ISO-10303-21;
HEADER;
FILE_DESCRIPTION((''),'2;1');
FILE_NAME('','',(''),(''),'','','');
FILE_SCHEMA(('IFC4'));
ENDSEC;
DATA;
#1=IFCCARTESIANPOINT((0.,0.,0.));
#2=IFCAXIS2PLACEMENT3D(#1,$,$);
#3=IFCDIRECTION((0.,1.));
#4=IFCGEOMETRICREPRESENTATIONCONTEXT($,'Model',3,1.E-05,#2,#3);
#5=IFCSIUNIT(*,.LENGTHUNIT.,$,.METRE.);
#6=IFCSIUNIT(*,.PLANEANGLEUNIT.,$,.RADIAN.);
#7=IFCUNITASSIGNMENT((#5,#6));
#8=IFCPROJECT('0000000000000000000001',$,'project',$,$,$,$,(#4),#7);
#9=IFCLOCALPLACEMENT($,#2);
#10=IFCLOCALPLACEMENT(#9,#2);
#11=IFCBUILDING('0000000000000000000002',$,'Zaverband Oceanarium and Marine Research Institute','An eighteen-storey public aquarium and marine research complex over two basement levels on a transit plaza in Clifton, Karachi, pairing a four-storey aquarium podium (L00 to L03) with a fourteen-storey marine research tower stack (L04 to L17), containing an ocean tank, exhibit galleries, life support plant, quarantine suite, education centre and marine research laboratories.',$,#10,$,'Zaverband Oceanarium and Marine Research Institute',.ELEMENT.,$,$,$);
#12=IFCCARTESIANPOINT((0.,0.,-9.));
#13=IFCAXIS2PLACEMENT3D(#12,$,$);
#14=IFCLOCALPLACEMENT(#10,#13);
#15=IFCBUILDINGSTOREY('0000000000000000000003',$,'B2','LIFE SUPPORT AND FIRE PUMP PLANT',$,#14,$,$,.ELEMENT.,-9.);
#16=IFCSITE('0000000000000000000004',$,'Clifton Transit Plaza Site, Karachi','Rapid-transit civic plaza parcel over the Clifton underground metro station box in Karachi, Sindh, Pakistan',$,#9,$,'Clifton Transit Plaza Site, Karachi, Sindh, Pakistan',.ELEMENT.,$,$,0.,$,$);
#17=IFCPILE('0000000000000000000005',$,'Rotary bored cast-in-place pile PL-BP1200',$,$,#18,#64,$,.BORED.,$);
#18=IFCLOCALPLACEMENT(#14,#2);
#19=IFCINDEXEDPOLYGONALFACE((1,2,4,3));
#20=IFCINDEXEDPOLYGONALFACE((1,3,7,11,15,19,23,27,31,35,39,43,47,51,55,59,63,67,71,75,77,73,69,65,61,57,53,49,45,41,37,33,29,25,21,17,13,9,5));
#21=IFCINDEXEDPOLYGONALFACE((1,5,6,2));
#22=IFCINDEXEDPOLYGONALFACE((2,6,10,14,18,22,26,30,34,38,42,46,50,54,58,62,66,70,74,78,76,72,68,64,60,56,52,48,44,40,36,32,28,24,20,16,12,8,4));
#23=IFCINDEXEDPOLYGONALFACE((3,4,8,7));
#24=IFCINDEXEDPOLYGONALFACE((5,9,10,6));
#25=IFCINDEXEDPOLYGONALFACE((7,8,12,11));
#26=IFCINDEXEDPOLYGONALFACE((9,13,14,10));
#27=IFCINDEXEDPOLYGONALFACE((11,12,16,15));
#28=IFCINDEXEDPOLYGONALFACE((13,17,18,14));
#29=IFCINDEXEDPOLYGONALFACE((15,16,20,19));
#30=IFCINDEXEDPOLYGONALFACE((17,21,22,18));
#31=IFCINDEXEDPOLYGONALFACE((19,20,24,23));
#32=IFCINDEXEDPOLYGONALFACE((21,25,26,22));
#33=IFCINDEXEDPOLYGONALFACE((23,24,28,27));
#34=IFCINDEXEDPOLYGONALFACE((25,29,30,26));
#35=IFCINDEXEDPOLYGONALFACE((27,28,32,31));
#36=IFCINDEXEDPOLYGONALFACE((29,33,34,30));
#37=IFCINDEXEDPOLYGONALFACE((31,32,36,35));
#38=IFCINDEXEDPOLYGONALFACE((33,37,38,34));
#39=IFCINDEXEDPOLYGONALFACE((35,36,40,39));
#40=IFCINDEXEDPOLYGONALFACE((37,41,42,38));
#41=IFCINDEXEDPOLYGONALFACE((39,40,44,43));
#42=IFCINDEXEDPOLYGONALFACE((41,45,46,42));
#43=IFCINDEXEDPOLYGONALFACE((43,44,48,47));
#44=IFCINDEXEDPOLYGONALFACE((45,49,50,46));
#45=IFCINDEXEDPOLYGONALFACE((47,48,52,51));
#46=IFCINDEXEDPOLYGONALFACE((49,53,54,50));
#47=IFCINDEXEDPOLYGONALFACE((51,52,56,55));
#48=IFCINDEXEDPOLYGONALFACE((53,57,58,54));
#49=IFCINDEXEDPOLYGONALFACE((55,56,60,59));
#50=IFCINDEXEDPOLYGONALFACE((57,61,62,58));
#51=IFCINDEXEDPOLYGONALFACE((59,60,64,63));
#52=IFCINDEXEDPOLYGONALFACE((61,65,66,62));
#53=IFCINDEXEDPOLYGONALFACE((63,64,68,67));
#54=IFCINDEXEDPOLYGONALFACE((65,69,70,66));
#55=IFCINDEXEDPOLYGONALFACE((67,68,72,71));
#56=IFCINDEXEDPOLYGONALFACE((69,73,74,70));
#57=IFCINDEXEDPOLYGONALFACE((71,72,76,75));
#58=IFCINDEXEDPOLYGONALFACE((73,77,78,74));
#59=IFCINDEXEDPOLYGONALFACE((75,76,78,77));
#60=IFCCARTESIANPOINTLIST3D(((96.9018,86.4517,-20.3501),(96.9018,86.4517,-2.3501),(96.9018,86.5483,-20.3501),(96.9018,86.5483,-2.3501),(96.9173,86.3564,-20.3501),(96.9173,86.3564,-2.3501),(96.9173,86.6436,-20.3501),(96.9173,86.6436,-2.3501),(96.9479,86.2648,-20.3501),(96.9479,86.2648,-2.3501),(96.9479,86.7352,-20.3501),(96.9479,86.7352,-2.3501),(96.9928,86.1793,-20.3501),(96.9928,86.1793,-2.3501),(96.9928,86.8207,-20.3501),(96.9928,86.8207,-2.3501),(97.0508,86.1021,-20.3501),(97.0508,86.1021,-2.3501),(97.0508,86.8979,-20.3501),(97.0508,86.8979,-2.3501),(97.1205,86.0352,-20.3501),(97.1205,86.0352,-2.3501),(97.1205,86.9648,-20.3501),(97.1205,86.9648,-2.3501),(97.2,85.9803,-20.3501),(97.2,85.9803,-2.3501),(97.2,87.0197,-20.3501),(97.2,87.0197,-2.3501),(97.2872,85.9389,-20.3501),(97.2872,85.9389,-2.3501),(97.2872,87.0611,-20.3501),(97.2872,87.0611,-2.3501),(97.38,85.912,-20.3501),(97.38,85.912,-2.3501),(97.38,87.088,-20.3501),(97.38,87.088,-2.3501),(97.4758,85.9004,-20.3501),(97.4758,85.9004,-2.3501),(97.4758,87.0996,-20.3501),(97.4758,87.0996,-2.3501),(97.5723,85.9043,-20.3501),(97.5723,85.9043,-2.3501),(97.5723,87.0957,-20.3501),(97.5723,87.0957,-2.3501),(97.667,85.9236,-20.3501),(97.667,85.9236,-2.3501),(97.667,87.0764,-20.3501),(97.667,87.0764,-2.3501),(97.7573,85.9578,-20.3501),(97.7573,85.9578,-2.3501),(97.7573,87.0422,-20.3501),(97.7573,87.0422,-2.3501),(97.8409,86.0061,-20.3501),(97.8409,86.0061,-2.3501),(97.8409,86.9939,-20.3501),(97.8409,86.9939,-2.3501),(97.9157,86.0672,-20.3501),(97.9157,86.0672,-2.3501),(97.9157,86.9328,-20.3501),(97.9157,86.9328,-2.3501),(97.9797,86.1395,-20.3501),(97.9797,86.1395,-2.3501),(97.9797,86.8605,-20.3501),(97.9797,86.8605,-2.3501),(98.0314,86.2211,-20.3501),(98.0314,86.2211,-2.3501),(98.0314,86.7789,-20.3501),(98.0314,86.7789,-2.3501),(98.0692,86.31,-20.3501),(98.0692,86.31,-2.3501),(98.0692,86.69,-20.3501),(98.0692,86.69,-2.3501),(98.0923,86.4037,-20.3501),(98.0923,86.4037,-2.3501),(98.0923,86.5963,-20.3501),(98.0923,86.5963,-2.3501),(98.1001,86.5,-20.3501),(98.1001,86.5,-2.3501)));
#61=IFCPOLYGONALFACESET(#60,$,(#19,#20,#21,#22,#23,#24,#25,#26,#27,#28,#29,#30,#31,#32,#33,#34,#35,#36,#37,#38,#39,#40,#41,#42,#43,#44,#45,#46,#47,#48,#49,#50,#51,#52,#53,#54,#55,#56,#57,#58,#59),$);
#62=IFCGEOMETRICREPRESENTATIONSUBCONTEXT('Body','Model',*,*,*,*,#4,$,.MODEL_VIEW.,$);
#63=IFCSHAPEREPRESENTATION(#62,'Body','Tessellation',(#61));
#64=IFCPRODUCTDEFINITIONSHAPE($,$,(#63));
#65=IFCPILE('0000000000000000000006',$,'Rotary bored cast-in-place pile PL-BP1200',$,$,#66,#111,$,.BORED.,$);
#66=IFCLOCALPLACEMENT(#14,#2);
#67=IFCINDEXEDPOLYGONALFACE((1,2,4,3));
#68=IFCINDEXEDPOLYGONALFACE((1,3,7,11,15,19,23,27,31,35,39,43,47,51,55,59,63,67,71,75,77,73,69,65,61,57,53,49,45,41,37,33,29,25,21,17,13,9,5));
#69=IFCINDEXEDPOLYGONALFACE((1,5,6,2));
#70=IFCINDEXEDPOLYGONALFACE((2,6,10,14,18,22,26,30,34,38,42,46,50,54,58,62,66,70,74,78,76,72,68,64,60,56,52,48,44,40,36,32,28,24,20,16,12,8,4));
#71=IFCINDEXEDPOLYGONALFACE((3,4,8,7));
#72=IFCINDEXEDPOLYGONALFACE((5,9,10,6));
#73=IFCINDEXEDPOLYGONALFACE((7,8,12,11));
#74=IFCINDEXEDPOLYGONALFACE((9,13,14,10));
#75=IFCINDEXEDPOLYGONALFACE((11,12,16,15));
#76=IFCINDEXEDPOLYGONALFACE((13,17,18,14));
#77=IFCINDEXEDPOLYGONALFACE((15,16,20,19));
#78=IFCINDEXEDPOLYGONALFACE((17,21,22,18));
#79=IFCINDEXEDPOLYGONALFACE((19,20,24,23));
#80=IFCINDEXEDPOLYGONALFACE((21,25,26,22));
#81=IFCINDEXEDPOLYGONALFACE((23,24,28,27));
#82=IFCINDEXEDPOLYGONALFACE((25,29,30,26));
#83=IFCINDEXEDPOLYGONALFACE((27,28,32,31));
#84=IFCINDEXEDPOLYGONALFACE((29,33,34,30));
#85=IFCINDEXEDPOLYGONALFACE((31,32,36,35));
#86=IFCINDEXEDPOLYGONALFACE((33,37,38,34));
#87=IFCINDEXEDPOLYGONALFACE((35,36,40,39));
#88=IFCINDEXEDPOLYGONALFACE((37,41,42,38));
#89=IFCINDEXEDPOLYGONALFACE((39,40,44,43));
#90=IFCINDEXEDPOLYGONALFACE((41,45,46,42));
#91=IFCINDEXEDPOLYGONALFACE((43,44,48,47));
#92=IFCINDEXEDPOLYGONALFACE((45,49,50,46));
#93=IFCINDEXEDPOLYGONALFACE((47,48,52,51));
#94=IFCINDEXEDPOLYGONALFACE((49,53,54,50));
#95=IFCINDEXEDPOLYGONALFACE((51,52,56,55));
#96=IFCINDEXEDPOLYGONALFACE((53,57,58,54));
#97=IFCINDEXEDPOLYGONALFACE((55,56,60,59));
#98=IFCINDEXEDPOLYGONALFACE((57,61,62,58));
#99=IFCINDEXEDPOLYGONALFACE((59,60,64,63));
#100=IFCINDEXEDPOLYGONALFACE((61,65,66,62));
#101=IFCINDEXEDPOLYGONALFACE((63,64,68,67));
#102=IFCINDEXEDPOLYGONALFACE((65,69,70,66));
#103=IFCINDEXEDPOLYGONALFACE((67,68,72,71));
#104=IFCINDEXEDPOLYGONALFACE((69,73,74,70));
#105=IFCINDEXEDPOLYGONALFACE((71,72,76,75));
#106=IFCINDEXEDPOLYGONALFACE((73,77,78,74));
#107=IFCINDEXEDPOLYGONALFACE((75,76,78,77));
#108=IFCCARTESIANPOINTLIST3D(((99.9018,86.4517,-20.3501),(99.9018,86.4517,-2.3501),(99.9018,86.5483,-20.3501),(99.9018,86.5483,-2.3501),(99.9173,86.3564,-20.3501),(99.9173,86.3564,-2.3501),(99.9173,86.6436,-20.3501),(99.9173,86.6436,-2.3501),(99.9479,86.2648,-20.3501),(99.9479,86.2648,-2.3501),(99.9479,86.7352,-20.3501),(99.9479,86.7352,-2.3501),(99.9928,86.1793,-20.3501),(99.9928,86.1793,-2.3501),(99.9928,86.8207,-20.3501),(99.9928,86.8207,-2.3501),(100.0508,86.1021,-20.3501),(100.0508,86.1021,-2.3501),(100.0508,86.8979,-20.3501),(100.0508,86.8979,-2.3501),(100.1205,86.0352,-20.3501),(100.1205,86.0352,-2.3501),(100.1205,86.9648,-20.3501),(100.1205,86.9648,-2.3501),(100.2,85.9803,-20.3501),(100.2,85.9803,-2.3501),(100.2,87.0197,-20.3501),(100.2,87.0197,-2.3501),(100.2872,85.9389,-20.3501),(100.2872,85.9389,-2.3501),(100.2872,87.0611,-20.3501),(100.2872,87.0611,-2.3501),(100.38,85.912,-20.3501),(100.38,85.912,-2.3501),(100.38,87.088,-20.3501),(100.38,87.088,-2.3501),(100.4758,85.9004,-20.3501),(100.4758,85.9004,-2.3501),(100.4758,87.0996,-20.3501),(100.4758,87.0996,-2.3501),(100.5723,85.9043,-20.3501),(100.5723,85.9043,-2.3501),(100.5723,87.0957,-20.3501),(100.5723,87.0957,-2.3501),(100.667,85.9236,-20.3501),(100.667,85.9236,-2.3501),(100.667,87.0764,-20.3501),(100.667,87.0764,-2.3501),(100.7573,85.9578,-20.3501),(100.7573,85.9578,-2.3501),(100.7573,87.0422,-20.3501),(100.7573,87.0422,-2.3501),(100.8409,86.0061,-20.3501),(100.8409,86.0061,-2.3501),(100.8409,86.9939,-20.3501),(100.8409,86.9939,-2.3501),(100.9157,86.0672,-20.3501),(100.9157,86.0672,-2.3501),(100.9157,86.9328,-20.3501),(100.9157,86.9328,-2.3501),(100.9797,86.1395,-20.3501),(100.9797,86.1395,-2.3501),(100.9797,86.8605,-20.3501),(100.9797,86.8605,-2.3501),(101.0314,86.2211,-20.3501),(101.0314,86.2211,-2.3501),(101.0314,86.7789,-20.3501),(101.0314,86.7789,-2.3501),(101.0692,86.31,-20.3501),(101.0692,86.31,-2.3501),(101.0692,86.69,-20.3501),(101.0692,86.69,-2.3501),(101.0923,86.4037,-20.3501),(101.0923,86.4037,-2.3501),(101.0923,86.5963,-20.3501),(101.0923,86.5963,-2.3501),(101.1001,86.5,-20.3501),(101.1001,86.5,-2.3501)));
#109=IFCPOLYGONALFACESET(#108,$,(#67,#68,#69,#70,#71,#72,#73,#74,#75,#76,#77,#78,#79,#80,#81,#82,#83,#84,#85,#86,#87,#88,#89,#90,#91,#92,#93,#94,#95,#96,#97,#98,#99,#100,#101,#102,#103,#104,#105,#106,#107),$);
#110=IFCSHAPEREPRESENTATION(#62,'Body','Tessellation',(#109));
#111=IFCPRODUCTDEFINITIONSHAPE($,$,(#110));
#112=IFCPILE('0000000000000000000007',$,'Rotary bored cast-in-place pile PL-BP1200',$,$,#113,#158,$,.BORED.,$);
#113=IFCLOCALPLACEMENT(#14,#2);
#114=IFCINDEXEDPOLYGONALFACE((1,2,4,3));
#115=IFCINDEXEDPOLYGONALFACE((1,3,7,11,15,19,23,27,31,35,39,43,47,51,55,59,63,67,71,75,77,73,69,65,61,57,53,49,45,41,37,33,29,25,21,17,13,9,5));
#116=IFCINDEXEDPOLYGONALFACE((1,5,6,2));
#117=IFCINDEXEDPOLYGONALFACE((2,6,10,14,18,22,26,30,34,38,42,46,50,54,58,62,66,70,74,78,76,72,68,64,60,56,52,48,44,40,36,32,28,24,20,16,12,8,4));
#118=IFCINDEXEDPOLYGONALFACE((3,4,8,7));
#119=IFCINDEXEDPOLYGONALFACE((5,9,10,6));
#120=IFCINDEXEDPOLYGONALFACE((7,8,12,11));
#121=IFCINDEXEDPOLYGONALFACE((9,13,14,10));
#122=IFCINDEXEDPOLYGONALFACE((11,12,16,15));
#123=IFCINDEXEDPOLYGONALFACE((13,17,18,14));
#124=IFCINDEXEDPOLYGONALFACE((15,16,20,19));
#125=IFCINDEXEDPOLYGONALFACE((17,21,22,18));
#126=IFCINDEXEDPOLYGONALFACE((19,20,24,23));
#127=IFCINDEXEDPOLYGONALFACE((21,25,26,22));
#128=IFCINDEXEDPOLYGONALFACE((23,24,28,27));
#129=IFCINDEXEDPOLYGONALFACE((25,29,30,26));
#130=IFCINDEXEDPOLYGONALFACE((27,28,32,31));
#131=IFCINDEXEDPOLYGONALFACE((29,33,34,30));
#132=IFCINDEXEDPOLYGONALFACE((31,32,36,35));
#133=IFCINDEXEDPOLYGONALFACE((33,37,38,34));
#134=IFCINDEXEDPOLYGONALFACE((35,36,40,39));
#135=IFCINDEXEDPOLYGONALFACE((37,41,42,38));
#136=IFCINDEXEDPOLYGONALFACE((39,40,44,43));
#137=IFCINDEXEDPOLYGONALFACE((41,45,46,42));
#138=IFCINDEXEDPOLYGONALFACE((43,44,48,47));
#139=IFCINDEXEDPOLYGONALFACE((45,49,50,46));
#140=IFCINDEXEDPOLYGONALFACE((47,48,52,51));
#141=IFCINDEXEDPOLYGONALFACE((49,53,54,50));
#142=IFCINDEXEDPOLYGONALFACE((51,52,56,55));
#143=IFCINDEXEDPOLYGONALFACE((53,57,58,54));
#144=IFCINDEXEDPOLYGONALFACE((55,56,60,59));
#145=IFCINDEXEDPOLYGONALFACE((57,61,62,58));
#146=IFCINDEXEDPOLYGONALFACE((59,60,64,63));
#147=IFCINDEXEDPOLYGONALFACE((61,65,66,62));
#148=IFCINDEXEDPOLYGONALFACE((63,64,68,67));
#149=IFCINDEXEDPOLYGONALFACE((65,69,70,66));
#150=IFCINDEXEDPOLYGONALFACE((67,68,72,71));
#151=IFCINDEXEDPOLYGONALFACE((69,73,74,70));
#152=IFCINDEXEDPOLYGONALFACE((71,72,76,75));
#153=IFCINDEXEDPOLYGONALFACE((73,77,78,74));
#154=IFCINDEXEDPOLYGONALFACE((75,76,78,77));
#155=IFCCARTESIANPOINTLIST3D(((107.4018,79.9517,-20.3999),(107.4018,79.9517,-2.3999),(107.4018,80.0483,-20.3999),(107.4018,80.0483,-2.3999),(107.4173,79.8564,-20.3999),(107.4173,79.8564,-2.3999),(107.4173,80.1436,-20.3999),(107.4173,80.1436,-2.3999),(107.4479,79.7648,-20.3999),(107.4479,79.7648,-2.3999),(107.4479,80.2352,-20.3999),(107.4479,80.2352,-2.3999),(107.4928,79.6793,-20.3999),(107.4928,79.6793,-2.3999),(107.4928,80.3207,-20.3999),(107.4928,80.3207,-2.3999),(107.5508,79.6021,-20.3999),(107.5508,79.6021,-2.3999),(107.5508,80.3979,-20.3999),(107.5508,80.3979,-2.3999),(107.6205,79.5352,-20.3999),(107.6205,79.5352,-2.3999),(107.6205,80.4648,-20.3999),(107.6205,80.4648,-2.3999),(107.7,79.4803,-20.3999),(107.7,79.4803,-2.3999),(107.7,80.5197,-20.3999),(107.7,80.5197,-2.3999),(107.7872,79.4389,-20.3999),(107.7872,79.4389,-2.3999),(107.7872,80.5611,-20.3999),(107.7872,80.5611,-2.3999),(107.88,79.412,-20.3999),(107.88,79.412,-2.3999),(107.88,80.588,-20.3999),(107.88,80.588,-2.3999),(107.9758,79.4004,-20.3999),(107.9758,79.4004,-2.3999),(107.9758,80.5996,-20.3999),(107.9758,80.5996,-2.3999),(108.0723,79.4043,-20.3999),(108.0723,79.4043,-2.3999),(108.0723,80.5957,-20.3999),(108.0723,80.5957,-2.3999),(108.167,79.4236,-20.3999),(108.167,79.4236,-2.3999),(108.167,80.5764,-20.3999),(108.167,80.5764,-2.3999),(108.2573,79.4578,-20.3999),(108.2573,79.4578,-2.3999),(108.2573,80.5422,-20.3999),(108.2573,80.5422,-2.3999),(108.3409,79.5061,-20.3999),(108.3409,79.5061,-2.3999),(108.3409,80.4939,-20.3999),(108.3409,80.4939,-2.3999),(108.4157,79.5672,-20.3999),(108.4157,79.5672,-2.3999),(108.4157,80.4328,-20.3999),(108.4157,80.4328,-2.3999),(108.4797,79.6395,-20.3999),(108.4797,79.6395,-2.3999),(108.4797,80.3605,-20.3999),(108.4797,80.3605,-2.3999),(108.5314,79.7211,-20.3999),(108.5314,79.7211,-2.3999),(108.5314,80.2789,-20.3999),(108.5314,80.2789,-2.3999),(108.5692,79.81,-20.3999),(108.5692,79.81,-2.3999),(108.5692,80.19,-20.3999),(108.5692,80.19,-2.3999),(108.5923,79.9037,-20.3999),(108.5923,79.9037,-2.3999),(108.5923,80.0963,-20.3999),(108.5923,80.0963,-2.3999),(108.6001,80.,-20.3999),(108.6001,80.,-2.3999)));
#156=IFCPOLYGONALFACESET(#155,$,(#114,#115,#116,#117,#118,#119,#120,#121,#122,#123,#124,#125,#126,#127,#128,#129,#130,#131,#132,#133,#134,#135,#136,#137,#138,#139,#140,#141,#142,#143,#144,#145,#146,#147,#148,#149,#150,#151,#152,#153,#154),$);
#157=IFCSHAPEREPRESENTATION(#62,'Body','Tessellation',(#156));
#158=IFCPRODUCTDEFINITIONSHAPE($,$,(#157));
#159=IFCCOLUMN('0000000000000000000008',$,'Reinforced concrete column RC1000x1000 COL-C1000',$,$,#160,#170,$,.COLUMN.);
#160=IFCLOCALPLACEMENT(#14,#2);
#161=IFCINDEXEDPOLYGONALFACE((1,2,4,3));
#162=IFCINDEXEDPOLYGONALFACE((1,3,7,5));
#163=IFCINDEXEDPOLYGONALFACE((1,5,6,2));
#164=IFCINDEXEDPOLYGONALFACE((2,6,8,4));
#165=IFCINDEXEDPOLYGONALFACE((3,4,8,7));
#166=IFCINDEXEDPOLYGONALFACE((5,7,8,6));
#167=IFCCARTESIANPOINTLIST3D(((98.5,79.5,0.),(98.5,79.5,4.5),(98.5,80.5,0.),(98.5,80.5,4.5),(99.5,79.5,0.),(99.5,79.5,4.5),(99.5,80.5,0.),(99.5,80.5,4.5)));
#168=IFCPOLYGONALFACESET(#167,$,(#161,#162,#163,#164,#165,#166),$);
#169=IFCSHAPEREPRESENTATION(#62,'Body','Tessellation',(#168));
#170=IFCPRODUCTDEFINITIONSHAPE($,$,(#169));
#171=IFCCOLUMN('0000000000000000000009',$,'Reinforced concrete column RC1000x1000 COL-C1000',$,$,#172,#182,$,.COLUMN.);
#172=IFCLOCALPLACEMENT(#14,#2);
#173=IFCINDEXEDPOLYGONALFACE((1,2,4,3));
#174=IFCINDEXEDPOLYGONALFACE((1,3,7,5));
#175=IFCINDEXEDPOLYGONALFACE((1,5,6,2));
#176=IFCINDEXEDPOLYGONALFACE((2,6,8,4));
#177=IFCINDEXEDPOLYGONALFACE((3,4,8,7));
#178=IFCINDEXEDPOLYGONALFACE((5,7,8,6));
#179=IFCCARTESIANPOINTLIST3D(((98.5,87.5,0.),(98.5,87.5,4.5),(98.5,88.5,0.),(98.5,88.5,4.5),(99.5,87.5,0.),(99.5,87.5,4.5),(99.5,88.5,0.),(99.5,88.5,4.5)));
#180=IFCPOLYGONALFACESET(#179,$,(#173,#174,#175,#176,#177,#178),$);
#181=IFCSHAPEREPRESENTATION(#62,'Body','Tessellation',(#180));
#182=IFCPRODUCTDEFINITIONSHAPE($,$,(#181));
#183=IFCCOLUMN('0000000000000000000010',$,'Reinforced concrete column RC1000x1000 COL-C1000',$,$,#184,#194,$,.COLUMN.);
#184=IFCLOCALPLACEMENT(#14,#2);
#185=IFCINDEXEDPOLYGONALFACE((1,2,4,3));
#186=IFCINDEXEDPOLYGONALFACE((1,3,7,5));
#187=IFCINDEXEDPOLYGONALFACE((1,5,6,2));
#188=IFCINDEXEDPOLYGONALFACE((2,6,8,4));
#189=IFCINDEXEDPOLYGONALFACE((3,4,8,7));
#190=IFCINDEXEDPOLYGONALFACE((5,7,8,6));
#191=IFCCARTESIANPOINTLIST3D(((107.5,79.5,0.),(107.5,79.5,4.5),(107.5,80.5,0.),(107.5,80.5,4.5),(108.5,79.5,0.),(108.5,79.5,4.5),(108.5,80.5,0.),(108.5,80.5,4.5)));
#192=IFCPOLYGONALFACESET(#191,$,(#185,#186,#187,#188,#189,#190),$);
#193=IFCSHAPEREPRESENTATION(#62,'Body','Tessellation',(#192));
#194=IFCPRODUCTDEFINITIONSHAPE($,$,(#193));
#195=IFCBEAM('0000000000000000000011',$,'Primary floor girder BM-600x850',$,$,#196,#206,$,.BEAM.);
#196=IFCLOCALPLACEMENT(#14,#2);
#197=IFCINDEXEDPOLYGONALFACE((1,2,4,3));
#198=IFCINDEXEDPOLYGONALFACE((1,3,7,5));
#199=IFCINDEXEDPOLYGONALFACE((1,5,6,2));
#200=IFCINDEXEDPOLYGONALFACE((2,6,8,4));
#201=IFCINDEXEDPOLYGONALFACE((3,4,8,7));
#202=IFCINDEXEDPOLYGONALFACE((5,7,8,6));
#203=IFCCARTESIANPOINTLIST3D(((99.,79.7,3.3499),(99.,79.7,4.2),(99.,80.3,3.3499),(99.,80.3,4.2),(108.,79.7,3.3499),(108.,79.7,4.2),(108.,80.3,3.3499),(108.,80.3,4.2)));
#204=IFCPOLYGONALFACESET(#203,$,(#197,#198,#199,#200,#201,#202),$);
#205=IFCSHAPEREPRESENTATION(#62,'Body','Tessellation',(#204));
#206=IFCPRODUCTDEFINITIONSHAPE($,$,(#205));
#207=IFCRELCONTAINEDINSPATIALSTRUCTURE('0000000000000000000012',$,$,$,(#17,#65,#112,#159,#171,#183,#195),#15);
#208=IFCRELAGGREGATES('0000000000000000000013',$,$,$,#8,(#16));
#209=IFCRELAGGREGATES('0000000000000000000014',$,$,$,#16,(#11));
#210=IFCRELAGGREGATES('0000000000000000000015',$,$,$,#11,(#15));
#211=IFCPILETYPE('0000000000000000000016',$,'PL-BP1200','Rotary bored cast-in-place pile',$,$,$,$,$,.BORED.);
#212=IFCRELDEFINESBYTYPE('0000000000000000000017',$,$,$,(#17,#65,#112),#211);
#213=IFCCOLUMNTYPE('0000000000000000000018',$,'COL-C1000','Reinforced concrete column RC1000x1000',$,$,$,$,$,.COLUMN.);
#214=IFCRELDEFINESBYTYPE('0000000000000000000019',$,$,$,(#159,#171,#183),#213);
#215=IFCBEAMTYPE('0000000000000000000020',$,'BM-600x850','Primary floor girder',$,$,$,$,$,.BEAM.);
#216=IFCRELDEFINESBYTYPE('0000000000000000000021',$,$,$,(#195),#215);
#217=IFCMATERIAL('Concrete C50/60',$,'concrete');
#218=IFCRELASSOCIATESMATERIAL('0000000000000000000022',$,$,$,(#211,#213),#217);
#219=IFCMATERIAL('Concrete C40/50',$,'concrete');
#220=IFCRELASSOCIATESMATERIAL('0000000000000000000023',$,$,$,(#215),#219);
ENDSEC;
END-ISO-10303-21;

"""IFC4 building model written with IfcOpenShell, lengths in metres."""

from ifc_helpers import new_model, si_unit, direction, frame, origin, origin_2d, place, context, subcontext, project, spatial, rectangle, circle, extrude, material, material_profile, profile_set, type_object, element, save


model = new_model("IFC4")

# Units and contexts
model_context = context("Model", 3, precision=1e-05, world=origin(), true_north=direction((0.0, 1.0)))
body_context = subcontext(model_context, "Body", "Model", "MODEL_VIEW")
ifc_project = project(units=[si_unit("LENGTHUNIT", "METRE"), si_unit("PLANEANGLEUNIT", "RADIAN")], contexts=[model_context])

# Site, building, storey
site_placement = place(None, origin())
site = spatial("IfcSite", under=ifc_project, at=site_placement, Name="Clifton Transit Plaza Site, Karachi", Description="Rapid-transit civic plaza parcel over the Clifton underground metro station box in Karachi, Sindh, Pakistan", LongName="Clifton Transit Plaza Site, Karachi, Sindh, Pakistan", CompositionType="ELEMENT", RefElevation=0.0)
building_placement = place(site_placement, origin())
building = spatial("IfcBuilding", under=site, at=building_placement, Name="Zaverband Oceanarium and Marine Research Institute", Description="An eighteen-storey public aquarium and marine research complex over two basement levels on a transit plaza in Clifton, Karachi, pairing a four-storey aquarium podium (L00 to L03) with a fourteen-storey marine research tower stack (L04 to L17), containing an ocean tank, exhibit galleries, life support plant, quarantine suite, education centre and marine research laboratories.", LongName="Zaverband Oceanarium and Marine Research Institute", CompositionType="ELEMENT")
storey_placement = place(building_placement, frame((0.0, 0.0, -9.0)))
storey = spatial("IfcBuildingStorey", under=building, at=storey_placement, Name="B2", Description="LIFE SUPPORT AND FIRE PUMP PLANT", CompositionType="ELEMENT", Elevation=-9.0)

# Shared definitions
ifc_material_1 = material(Name="Concrete C50/60", Category="concrete")

# Piles
ifc_material_profile_1 = material_profile(ifc_material_1, circle(Radius=0.6001, at=origin_2d()), Name="BP1200")
ifc_profile_set_1 = profile_set([ifc_material_profile_1], Name="Concrete C50/60")
pile_type = type_object("IfcPileType", Name="PL-BP1200", Description="Rotary bored cast-in-place pile", PredefinedType="BORED", material=ifc_profile_set_1)
for number, where, z_axis, x_axis, name in (
    (1, (97.5, 86.5, -2.3501), (0.0, 0.0, -1.0), (1.0, 0.0, 0.0), "Rotary bored cast-in-place pile PL-BP1200"),
    (2, (100.5, 86.5, -2.3501), (0.0, 0.0, -1.0), (1.0, 0.0, 0.0), "Rotary bored cast-in-place pile PL-BP1200"),
    (3, (108.0, 80.0, -2.3999), (0.0, 0.0, -1.0), (1.0, 0.0, 0.0), "Rotary bored cast-in-place pile PL-BP1200"),
):
    element("IfcPile", number, at=place(storey_placement, frame(where, z_axis=z_axis, x_axis=x_axis)), inside=storey, type_object=pile_type, Name=name, PredefinedType="BORED", context=body_context, shape_type="SweptSolid", body=[
        extrude(circle(Radius=0.6001, at=origin_2d()), origin(), (0.0, 0.0, 1.0), 18.0),
    ])

# Columns
ifc_material_profile_2 = material_profile(ifc_material_1, rectangle(XDim=1.0, YDim=1.0, at=origin_2d()), Name="RC1000x1000")
ifc_profile_set_2 = profile_set([ifc_material_profile_2], Name="Concrete C50/60")
column_type = type_object("IfcColumnType", Name="COL-C1000", Description="Reinforced concrete column RC1000x1000", PredefinedType="COLUMN", material=ifc_profile_set_2)
for number, where, z_axis, x_axis, name in (
    (4, (99.0, 80.0, 0.0), (0.0, 0.0, 1.0), (1.0, 0.0, 0.0), "Reinforced concrete column RC1000x1000 COL-C1000"),
    (5, (99.0, 88.0, 0.0), (0.0, 0.0, 1.0), (1.0, 0.0, 0.0), "Reinforced concrete column RC1000x1000 COL-C1000"),
    (6, (108.0, 80.0, 0.0), (0.0, 0.0, 1.0), (1.0, 0.0, 0.0), "Reinforced concrete column RC1000x1000 COL-C1000"),
):
    element("IfcColumn", number, at=place(storey_placement, frame(where, z_axis=z_axis, x_axis=x_axis)), inside=storey, type_object=column_type, Name=name, PredefinedType="COLUMN", context=body_context, shape_type="SweptSolid", body=[
        extrude(rectangle(XDim=1.0, YDim=1.0, at=origin_2d()), origin(), (0.0, 0.0, 1.0), 4.5),
    ])

# Beam
ifc_material_2 = material(Name="Concrete C40/50", Category="concrete")
ifc_material_profile_3 = material_profile(ifc_material_2, rectangle(XDim=0.6001, YDim=0.8501, at=origin_2d()), Name="RC600x850")
ifc_profile_set_3 = profile_set([ifc_material_profile_3], Name="Concrete C40/50")
beam_type_1 = type_object("IfcBeamType", Name="BM-600x850", Description="Primary floor girder", PredefinedType="BEAM", material=ifc_profile_set_3)
for number, where, z_axis, x_axis, name in (
    (7, (99.0, 80.0, 3.7749), (1.0, 0.0, 0.0), (0.0, 1.0, 0.0), "Primary floor girder BM-600x850"),
):
    element("IfcBeam", number, at=place(storey_placement, frame(where, z_axis=z_axis, x_axis=x_axis)), inside=storey, type_object=beam_type_1, Name=name, PredefinedType="BEAM", context=body_context, shape_type="SweptSolid", body=[
        extrude(rectangle(XDim=0.6001, YDim=0.8501, at=origin_2d()), origin(), (0.0, 0.0, 1.0), 9.0),
    ])

save(model, "model.ifc")
